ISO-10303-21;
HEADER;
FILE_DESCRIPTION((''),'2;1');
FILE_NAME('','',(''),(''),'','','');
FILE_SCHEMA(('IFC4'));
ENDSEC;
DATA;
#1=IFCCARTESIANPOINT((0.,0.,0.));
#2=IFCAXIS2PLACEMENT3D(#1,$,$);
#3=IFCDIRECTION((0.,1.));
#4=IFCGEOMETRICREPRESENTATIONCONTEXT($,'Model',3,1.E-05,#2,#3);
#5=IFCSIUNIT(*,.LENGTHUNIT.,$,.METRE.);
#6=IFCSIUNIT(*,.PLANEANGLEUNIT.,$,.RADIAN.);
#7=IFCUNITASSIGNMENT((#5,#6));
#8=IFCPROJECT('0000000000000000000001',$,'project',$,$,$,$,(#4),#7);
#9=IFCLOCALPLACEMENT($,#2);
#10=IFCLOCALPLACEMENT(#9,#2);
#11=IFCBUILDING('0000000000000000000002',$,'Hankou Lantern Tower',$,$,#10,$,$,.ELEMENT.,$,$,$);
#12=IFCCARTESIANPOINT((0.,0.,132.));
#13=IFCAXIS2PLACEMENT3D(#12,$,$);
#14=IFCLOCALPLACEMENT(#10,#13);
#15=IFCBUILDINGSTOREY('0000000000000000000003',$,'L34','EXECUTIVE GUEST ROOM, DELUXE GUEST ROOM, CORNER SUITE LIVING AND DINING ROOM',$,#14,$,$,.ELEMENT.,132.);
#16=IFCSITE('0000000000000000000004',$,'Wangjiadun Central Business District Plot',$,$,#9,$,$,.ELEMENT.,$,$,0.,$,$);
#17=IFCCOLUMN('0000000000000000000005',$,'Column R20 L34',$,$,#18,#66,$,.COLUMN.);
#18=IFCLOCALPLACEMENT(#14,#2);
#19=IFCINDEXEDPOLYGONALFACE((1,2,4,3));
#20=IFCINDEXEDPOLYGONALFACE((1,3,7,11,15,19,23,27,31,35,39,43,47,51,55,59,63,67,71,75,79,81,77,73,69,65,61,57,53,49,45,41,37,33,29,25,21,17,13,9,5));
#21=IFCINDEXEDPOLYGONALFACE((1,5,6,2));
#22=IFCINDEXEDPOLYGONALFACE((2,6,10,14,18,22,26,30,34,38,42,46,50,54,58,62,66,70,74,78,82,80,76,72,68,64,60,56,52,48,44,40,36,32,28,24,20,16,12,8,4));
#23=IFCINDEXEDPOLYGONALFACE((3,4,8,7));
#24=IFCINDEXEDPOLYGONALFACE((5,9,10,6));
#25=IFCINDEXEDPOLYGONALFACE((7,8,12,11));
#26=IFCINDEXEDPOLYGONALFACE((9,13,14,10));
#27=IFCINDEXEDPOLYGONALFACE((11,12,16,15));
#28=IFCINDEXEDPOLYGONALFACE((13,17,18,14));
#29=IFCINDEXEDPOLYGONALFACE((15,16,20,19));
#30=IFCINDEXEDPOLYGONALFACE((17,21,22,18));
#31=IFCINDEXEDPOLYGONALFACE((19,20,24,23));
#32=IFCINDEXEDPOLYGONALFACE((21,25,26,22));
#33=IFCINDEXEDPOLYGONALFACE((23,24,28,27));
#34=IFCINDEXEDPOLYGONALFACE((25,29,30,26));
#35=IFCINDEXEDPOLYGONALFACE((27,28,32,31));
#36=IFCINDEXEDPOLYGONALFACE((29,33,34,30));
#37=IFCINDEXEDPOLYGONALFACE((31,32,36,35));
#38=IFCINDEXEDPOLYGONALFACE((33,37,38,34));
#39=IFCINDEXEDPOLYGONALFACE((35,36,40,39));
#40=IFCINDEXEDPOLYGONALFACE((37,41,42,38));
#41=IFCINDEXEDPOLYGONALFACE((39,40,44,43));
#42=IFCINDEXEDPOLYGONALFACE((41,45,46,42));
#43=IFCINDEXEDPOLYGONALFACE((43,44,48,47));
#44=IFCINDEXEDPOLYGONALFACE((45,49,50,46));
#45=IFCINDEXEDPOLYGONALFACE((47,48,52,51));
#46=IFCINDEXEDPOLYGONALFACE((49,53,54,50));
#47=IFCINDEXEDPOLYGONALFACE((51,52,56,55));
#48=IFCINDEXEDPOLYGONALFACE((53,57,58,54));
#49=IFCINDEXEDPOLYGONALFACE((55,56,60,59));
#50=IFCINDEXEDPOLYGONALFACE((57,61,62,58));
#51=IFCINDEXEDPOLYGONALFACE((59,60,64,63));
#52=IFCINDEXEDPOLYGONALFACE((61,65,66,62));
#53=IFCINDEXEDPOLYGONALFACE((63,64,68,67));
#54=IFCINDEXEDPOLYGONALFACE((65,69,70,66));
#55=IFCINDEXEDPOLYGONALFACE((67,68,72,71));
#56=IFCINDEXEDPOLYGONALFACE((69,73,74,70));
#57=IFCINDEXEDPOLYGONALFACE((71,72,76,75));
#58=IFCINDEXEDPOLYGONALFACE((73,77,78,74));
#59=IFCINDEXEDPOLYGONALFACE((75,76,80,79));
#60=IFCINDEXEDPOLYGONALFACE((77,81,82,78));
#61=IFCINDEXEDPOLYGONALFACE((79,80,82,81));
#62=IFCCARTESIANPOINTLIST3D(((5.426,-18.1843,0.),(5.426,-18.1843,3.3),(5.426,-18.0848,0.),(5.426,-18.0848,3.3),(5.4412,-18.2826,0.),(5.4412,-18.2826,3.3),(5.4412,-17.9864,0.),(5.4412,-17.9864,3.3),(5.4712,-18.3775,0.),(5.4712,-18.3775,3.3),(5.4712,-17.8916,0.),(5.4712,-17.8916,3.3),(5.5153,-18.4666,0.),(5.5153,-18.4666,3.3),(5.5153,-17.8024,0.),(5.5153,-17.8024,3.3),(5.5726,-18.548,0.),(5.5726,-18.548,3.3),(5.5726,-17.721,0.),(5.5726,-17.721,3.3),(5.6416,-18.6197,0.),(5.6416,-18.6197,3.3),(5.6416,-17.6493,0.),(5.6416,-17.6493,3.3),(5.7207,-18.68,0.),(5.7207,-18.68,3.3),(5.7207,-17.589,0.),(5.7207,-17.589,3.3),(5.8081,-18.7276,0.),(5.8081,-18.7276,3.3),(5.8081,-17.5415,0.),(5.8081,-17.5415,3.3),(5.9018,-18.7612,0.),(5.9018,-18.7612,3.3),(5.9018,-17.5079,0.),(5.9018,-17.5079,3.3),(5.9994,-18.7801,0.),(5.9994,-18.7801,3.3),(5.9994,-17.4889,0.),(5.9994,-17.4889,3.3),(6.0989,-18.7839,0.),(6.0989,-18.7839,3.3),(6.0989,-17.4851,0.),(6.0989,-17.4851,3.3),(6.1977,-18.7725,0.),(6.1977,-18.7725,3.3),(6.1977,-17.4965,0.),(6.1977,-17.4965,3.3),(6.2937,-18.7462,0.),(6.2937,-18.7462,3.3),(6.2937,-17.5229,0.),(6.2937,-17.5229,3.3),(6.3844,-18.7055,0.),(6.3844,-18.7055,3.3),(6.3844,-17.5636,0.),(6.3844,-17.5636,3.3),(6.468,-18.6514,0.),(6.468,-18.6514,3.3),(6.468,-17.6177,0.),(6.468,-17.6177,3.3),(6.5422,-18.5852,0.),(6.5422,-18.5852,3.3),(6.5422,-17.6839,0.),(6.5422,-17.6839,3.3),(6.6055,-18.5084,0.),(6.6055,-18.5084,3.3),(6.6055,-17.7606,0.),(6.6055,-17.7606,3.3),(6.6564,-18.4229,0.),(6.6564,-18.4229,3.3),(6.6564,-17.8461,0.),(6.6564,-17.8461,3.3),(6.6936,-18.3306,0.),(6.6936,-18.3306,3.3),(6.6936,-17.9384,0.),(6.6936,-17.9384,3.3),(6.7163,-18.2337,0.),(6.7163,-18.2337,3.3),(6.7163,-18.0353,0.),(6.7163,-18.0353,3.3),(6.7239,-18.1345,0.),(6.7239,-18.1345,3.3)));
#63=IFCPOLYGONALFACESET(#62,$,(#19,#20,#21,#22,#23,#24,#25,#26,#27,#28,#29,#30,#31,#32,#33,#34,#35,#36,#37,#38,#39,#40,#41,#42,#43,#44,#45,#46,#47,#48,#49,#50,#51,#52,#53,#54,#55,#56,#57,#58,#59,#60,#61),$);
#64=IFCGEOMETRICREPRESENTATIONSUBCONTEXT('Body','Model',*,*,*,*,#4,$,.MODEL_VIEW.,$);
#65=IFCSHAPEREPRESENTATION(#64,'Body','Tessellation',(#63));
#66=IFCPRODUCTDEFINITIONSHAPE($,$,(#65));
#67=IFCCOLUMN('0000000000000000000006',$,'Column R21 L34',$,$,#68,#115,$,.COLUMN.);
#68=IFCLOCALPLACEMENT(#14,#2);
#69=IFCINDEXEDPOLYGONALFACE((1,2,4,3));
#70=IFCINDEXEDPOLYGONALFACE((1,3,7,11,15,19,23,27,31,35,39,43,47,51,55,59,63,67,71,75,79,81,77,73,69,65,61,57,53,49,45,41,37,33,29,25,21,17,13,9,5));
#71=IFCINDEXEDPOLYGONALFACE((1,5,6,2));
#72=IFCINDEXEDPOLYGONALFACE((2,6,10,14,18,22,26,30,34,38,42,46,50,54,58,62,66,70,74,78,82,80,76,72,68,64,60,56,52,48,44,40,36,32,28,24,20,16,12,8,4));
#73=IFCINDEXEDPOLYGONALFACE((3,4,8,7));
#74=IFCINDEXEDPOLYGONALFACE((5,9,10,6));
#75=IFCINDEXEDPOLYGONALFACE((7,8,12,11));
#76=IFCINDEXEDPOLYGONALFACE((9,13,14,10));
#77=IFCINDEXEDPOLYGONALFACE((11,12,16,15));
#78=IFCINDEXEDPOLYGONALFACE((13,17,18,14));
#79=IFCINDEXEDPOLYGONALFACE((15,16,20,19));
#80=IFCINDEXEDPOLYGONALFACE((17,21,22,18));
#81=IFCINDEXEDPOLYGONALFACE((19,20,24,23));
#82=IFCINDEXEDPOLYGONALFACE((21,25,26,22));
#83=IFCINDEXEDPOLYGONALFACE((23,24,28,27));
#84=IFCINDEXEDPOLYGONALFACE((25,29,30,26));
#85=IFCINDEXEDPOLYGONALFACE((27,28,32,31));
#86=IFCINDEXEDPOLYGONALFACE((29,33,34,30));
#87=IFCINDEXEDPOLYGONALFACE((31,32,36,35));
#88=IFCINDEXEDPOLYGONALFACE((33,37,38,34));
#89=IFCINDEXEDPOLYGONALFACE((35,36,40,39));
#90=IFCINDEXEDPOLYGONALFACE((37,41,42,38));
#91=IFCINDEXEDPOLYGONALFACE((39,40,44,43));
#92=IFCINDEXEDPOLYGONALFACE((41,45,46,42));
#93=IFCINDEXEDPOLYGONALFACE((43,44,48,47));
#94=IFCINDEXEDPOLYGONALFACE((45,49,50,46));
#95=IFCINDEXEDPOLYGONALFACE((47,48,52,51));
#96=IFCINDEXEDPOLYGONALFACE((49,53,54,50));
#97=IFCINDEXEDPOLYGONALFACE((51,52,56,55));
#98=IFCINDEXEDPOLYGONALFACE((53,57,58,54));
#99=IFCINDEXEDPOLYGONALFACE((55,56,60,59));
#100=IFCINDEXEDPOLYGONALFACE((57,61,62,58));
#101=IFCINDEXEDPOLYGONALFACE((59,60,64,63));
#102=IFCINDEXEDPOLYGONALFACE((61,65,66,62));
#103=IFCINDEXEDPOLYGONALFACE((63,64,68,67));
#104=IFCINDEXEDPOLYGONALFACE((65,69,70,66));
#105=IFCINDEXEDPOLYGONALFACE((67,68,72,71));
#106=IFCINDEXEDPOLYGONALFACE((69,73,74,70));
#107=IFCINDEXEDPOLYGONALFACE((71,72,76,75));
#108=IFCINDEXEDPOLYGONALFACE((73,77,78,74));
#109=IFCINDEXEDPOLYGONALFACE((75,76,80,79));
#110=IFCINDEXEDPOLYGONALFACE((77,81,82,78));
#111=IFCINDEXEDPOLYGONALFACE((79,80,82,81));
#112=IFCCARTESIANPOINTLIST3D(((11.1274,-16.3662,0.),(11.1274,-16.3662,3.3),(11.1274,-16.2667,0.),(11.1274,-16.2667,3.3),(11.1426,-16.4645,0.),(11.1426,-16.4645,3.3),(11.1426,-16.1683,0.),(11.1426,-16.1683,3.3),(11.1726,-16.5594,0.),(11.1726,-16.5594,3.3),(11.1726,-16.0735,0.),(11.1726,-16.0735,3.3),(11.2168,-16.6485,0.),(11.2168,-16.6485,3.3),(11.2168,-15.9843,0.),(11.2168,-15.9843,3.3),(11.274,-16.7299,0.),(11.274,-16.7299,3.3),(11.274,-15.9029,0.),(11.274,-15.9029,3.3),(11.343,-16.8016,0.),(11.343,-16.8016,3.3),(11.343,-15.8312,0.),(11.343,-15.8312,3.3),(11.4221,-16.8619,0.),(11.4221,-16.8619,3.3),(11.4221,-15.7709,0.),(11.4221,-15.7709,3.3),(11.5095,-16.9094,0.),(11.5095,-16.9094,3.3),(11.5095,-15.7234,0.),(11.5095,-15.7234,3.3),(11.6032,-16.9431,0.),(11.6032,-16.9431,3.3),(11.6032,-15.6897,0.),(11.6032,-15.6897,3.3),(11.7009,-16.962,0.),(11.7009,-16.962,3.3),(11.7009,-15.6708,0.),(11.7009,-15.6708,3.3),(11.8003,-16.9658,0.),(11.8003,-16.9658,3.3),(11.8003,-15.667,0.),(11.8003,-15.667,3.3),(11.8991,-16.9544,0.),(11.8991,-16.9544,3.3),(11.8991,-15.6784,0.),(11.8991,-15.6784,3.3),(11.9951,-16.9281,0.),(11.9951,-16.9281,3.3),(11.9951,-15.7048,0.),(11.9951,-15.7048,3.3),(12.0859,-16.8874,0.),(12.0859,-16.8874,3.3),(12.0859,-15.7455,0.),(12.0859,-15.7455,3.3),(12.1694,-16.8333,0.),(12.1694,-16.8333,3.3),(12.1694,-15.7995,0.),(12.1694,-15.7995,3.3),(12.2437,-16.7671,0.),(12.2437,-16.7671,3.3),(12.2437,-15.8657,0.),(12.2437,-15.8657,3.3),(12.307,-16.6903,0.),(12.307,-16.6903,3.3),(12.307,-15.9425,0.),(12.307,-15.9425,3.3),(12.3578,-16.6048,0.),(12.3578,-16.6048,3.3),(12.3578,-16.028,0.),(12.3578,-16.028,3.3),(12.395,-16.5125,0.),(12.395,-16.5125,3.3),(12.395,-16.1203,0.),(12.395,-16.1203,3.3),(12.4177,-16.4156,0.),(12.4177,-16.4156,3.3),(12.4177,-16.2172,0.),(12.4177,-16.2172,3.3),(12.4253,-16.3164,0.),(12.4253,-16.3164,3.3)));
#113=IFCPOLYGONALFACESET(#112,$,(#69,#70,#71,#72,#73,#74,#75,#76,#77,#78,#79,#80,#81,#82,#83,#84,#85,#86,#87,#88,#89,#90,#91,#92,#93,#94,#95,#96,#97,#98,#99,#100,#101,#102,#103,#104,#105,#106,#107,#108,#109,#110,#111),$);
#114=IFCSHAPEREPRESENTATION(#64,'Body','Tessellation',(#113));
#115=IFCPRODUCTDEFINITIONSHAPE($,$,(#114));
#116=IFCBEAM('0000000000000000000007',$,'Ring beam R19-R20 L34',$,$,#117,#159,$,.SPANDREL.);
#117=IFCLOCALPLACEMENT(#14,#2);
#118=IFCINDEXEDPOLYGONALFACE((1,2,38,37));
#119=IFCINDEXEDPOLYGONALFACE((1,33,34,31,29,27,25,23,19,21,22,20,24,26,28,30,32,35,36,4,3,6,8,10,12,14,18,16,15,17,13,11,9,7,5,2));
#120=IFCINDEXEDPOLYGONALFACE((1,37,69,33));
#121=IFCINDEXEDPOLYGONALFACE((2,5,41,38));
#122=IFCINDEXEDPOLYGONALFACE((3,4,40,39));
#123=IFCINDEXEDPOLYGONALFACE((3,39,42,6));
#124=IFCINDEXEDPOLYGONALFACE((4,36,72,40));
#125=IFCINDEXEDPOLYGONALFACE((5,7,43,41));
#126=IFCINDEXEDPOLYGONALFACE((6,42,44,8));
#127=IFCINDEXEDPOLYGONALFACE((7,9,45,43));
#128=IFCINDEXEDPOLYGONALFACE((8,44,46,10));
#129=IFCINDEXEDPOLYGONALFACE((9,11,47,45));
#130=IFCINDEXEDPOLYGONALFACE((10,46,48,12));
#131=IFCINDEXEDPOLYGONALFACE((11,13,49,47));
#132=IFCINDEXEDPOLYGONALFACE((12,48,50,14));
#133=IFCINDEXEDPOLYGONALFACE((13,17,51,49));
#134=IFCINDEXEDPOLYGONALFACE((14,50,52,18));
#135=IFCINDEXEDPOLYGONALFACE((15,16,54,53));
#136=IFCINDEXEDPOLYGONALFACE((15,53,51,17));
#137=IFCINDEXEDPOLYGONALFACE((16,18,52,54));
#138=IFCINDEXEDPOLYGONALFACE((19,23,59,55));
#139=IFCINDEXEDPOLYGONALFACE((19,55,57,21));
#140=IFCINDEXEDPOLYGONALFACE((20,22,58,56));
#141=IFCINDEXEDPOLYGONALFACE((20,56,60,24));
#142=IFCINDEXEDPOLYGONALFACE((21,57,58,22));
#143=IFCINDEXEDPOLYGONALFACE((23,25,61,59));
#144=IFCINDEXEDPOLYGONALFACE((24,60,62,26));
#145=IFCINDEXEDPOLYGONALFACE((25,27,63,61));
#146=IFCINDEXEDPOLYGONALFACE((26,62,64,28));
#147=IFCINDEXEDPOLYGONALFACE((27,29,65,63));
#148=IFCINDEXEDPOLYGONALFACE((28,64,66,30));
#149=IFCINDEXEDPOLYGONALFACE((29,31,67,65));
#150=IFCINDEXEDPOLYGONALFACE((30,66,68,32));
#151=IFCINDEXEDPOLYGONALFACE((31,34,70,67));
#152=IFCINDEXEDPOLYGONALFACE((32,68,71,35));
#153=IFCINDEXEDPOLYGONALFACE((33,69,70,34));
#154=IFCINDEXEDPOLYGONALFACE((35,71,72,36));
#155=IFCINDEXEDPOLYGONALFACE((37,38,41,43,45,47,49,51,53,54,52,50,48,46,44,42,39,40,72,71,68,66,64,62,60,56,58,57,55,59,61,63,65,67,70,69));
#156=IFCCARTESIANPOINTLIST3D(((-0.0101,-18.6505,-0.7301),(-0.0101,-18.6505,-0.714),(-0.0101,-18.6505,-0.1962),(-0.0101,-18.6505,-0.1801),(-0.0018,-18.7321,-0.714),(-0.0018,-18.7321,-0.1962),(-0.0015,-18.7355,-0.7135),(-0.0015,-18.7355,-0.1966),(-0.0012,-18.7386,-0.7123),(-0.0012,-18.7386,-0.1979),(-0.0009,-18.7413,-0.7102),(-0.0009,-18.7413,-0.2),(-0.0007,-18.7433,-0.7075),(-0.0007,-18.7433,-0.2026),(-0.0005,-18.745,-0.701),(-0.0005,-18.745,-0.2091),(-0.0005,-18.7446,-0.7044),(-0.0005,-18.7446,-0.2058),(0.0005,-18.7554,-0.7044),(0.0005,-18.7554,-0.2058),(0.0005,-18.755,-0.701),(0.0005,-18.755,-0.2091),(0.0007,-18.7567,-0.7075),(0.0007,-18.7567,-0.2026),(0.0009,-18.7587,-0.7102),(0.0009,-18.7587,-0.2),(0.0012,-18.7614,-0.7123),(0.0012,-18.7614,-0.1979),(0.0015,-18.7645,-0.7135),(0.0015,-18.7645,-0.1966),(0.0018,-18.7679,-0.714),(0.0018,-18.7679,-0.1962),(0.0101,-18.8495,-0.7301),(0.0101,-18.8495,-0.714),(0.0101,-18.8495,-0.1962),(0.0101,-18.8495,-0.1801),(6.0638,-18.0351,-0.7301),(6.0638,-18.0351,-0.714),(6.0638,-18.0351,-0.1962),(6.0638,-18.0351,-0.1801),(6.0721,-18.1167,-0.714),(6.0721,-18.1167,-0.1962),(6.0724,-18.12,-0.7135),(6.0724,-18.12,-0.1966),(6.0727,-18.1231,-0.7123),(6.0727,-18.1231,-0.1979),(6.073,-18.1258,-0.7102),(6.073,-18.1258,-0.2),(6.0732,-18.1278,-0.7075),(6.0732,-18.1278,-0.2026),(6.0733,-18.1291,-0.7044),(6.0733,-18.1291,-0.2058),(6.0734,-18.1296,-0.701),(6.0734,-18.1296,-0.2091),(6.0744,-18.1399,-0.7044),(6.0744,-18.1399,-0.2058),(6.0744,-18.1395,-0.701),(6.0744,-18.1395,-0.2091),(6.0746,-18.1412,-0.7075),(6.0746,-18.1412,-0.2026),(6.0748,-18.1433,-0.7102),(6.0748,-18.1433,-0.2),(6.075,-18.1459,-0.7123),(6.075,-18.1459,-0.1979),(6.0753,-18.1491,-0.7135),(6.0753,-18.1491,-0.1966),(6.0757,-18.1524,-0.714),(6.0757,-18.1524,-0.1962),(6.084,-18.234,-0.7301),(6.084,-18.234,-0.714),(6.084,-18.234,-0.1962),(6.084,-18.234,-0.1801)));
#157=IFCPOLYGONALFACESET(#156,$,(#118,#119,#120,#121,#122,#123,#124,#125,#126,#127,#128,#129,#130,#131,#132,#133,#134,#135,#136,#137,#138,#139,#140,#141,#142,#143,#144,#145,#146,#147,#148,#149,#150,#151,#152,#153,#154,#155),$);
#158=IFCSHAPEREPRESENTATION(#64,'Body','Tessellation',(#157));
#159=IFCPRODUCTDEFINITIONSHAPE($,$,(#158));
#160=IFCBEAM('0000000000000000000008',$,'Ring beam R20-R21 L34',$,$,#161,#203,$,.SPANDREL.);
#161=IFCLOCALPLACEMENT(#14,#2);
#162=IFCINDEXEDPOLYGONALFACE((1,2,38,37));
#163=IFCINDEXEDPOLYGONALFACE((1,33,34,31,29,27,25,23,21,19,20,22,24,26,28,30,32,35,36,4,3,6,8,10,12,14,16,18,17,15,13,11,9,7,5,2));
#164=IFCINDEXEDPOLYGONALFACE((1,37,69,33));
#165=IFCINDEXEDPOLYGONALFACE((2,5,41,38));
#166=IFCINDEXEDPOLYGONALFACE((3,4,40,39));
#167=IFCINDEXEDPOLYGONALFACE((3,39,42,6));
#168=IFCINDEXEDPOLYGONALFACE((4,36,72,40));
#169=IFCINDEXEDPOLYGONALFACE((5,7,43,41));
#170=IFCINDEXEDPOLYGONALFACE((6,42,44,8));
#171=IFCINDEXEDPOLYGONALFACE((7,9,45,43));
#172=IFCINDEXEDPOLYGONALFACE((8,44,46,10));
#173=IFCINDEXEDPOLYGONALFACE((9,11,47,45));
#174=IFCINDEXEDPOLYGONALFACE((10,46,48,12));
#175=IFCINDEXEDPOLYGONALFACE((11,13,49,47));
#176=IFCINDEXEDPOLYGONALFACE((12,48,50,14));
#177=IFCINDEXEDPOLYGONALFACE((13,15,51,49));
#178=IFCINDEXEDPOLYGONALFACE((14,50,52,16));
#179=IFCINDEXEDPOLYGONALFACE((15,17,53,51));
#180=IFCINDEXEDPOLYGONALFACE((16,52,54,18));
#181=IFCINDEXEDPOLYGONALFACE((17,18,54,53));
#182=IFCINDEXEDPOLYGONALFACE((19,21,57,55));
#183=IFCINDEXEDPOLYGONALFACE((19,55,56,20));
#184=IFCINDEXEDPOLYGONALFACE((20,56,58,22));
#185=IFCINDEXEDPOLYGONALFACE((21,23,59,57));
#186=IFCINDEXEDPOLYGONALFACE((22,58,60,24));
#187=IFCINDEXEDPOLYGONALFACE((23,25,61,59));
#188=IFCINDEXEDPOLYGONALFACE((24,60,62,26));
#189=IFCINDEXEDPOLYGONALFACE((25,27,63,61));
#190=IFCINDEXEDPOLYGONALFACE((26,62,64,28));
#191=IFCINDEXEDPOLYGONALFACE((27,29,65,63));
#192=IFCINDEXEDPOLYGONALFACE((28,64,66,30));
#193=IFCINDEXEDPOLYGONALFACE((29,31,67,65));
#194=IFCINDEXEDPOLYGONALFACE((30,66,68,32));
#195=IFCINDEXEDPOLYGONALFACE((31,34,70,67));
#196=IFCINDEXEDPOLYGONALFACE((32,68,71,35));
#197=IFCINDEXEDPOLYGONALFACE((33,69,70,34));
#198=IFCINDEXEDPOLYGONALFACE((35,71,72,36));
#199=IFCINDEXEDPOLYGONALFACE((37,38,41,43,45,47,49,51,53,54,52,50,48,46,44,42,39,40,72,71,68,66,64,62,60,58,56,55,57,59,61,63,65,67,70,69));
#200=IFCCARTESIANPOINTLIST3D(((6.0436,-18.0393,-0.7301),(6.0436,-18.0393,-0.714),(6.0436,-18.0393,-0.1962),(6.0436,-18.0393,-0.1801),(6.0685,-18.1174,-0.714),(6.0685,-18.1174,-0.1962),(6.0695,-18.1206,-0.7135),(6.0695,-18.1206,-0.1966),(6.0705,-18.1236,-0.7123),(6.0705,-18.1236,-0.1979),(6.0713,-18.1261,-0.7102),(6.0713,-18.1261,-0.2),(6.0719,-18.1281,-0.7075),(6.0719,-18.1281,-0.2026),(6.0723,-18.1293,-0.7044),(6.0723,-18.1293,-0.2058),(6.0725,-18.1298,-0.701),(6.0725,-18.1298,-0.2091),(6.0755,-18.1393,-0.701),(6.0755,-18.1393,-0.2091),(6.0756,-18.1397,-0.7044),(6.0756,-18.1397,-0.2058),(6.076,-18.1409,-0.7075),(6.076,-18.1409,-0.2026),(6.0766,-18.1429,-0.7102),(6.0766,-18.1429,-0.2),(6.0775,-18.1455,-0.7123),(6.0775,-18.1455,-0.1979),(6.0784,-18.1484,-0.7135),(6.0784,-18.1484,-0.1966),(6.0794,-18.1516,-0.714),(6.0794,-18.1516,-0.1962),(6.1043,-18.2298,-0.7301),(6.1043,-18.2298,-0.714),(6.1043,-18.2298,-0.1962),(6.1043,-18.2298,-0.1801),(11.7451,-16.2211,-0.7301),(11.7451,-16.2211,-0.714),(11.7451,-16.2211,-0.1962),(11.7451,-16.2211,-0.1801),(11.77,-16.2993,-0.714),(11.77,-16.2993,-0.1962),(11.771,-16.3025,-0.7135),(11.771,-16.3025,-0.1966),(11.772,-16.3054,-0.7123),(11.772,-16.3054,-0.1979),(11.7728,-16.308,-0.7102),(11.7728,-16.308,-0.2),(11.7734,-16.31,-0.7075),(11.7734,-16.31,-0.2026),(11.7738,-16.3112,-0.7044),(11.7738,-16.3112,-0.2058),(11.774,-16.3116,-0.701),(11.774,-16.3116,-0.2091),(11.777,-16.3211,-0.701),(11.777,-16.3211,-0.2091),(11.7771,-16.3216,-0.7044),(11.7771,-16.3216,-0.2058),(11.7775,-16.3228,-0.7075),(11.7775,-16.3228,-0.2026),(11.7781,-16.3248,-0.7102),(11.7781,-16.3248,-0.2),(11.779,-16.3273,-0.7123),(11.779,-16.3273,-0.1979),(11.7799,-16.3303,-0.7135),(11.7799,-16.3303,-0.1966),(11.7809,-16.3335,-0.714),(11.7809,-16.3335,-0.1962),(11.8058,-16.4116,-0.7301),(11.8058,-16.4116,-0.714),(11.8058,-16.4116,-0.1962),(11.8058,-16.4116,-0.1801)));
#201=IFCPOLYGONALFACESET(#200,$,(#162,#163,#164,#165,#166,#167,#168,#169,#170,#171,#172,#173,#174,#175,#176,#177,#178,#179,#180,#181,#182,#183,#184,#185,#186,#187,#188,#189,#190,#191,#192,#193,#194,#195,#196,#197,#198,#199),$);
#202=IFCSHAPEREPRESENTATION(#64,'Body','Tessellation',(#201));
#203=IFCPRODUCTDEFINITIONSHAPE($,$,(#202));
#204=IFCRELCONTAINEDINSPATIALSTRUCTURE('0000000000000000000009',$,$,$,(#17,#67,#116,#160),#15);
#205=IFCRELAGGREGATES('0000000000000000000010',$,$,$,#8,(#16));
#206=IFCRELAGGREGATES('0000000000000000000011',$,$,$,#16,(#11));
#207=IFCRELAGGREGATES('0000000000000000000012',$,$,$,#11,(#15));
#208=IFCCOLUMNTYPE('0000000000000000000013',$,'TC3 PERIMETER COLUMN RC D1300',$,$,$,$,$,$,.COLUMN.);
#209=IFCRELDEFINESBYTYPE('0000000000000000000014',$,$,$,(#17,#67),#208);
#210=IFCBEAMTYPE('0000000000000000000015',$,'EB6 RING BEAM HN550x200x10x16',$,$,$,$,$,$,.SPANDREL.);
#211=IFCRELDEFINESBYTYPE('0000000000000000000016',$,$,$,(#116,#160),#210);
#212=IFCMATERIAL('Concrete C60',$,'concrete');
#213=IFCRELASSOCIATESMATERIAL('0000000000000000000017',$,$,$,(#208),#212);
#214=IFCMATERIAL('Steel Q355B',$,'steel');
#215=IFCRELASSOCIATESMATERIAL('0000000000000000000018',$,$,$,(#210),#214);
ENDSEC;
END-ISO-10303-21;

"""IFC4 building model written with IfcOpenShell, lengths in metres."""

from ifc_helpers import new_model, si_unit, direction, frame, origin, origin_2d, place, context, subcontext, project, spatial, circle, i_section, extrude, material, material_profile, profile_set, type_object, element, save


model = new_model("IFC4")

# Units and contexts
model_context = context("Model", 3, precision=1e-05, world=origin(), true_north=direction((0.0, 1.0)))
body_context = subcontext(model_context, "Body", "Model", "MODEL_VIEW")
ifc_project = project(units=[si_unit("LENGTHUNIT", "METRE"), si_unit("PLANEANGLEUNIT", "RADIAN")], contexts=[model_context])

# Site, building, storey
site_placement = place(None, origin())
site = spatial("IfcSite", under=ifc_project, at=site_placement, Name="Wangjiadun Central Business District Plot", CompositionType="ELEMENT", RefElevation=0.0)
building_placement = place(site_placement, origin())
building = spatial("IfcBuilding", under=site, at=building_placement, Name="Hankou Lantern Tower", CompositionType="ELEMENT")
storey_placement = place(building_placement, frame((0.0, 0.0, 132.0)))
storey = spatial("IfcBuildingStorey", under=building, at=storey_placement, Name="L34", Description="EXECUTIVE GUEST ROOM, DELUXE GUEST ROOM, CORNER SUITE LIVING AND DINING ROOM", CompositionType="ELEMENT", Elevation=132.0)

# Columns
ifc_material_1 = material(Name="Concrete C60", Category="concrete")
ifc_material_profile_1 = material_profile(ifc_material_1, circle(Radius=0.6499, at=origin_2d()), Name="RC D1300")
ifc_profile_set_1 = profile_set([ifc_material_profile_1], Name="Concrete C60")
column_type = type_object("IfcColumnType", Name="TC3 PERIMETER COLUMN RC D1300", PredefinedType="COLUMN", material=ifc_profile_set_1)
for number, where, z_axis, x_axis, name in (
    (1, (6.074, -18.1345, 0.0), (0.0, 0.0, 1.0), (1.0, 0.0, 0.0), "Column R20 L34"),
    (2, (11.7754, -16.3164, 0.0), (0.0, 0.0, 1.0), (1.0, 0.0, 0.0), "Column R21 L34"),
):
    element("IfcColumn", number, at=place(storey_placement, frame(where, z_axis=z_axis, x_axis=x_axis)), inside=storey, type_object=column_type, Name=name, PredefinedType="COLUMN", context=body_context, shape_type="SweptSolid", body=[
        extrude(circle(Radius=0.6499, at=origin_2d()), origin(), (0.0, 0.0, 1.0), 3.3),
    ])

# Beams
ifc_material_2 = material(Name="Steel Q355B", Category="steel")
ifc_material_profile_2 = material_profile(ifc_material_2, i_section(OverallWidth=0.2, OverallDepth=0.55, WebThickness=0.01, FlangeThickness=0.0161, FilletRadius=0.0129, at=origin_2d()), Name="HN550x200x10x16")
ifc_profile_set_2 = profile_set([ifc_material_profile_2], Name="Steel Q355B")
beam_type_1 = type_object("IfcBeamType", Name="EB6 RING BEAM HN550x200x10x16", PredefinedType="SPANDREL", material=ifc_profile_set_2)
beam_1_placement = place(storey_placement, frame((0.0, -18.75, -0.4551), z_axis=(0.994905, 0.100814, 0.0), x_axis=(-0.100814, 0.994905, 0.0)))
element("IfcBeam", 3, at=beam_1_placement, inside=storey, type_object=beam_type_1, Name="Ring beam R19-R20 L34", PredefinedType="SPANDREL", context=body_context, shape_type="SweptSolid", body=[
    extrude(i_section(OverallWidth=0.2, OverallDepth=0.55, WebThickness=0.01, FlangeThickness=0.0161, FilletRadius=0.0129, at=origin_2d()), origin(), (0.0, 0.0, 1.0), 6.105),
])
beam_2_placement = place(storey_placement, frame((6.074, -18.1345, -0.4551), z_axis=(0.952731, 0.303815, 0.0), x_axis=(-0.303815, 0.952731, 0.0)))
element("IfcBeam", 4, at=beam_2_placement, inside=storey, type_object=beam_type_1, Name="Ring beam R20-R21 L34", PredefinedType="SPANDREL", context=body_context, shape_type="SweptSolid", body=[
    extrude(i_section(OverallWidth=0.2, OverallDepth=0.55, WebThickness=0.01, FlangeThickness=0.0161, FilletRadius=0.0129, at=origin_2d()), origin(), (0.0, 0.0, 1.0), 5.9844),
])

save(model, "model.ifc")
